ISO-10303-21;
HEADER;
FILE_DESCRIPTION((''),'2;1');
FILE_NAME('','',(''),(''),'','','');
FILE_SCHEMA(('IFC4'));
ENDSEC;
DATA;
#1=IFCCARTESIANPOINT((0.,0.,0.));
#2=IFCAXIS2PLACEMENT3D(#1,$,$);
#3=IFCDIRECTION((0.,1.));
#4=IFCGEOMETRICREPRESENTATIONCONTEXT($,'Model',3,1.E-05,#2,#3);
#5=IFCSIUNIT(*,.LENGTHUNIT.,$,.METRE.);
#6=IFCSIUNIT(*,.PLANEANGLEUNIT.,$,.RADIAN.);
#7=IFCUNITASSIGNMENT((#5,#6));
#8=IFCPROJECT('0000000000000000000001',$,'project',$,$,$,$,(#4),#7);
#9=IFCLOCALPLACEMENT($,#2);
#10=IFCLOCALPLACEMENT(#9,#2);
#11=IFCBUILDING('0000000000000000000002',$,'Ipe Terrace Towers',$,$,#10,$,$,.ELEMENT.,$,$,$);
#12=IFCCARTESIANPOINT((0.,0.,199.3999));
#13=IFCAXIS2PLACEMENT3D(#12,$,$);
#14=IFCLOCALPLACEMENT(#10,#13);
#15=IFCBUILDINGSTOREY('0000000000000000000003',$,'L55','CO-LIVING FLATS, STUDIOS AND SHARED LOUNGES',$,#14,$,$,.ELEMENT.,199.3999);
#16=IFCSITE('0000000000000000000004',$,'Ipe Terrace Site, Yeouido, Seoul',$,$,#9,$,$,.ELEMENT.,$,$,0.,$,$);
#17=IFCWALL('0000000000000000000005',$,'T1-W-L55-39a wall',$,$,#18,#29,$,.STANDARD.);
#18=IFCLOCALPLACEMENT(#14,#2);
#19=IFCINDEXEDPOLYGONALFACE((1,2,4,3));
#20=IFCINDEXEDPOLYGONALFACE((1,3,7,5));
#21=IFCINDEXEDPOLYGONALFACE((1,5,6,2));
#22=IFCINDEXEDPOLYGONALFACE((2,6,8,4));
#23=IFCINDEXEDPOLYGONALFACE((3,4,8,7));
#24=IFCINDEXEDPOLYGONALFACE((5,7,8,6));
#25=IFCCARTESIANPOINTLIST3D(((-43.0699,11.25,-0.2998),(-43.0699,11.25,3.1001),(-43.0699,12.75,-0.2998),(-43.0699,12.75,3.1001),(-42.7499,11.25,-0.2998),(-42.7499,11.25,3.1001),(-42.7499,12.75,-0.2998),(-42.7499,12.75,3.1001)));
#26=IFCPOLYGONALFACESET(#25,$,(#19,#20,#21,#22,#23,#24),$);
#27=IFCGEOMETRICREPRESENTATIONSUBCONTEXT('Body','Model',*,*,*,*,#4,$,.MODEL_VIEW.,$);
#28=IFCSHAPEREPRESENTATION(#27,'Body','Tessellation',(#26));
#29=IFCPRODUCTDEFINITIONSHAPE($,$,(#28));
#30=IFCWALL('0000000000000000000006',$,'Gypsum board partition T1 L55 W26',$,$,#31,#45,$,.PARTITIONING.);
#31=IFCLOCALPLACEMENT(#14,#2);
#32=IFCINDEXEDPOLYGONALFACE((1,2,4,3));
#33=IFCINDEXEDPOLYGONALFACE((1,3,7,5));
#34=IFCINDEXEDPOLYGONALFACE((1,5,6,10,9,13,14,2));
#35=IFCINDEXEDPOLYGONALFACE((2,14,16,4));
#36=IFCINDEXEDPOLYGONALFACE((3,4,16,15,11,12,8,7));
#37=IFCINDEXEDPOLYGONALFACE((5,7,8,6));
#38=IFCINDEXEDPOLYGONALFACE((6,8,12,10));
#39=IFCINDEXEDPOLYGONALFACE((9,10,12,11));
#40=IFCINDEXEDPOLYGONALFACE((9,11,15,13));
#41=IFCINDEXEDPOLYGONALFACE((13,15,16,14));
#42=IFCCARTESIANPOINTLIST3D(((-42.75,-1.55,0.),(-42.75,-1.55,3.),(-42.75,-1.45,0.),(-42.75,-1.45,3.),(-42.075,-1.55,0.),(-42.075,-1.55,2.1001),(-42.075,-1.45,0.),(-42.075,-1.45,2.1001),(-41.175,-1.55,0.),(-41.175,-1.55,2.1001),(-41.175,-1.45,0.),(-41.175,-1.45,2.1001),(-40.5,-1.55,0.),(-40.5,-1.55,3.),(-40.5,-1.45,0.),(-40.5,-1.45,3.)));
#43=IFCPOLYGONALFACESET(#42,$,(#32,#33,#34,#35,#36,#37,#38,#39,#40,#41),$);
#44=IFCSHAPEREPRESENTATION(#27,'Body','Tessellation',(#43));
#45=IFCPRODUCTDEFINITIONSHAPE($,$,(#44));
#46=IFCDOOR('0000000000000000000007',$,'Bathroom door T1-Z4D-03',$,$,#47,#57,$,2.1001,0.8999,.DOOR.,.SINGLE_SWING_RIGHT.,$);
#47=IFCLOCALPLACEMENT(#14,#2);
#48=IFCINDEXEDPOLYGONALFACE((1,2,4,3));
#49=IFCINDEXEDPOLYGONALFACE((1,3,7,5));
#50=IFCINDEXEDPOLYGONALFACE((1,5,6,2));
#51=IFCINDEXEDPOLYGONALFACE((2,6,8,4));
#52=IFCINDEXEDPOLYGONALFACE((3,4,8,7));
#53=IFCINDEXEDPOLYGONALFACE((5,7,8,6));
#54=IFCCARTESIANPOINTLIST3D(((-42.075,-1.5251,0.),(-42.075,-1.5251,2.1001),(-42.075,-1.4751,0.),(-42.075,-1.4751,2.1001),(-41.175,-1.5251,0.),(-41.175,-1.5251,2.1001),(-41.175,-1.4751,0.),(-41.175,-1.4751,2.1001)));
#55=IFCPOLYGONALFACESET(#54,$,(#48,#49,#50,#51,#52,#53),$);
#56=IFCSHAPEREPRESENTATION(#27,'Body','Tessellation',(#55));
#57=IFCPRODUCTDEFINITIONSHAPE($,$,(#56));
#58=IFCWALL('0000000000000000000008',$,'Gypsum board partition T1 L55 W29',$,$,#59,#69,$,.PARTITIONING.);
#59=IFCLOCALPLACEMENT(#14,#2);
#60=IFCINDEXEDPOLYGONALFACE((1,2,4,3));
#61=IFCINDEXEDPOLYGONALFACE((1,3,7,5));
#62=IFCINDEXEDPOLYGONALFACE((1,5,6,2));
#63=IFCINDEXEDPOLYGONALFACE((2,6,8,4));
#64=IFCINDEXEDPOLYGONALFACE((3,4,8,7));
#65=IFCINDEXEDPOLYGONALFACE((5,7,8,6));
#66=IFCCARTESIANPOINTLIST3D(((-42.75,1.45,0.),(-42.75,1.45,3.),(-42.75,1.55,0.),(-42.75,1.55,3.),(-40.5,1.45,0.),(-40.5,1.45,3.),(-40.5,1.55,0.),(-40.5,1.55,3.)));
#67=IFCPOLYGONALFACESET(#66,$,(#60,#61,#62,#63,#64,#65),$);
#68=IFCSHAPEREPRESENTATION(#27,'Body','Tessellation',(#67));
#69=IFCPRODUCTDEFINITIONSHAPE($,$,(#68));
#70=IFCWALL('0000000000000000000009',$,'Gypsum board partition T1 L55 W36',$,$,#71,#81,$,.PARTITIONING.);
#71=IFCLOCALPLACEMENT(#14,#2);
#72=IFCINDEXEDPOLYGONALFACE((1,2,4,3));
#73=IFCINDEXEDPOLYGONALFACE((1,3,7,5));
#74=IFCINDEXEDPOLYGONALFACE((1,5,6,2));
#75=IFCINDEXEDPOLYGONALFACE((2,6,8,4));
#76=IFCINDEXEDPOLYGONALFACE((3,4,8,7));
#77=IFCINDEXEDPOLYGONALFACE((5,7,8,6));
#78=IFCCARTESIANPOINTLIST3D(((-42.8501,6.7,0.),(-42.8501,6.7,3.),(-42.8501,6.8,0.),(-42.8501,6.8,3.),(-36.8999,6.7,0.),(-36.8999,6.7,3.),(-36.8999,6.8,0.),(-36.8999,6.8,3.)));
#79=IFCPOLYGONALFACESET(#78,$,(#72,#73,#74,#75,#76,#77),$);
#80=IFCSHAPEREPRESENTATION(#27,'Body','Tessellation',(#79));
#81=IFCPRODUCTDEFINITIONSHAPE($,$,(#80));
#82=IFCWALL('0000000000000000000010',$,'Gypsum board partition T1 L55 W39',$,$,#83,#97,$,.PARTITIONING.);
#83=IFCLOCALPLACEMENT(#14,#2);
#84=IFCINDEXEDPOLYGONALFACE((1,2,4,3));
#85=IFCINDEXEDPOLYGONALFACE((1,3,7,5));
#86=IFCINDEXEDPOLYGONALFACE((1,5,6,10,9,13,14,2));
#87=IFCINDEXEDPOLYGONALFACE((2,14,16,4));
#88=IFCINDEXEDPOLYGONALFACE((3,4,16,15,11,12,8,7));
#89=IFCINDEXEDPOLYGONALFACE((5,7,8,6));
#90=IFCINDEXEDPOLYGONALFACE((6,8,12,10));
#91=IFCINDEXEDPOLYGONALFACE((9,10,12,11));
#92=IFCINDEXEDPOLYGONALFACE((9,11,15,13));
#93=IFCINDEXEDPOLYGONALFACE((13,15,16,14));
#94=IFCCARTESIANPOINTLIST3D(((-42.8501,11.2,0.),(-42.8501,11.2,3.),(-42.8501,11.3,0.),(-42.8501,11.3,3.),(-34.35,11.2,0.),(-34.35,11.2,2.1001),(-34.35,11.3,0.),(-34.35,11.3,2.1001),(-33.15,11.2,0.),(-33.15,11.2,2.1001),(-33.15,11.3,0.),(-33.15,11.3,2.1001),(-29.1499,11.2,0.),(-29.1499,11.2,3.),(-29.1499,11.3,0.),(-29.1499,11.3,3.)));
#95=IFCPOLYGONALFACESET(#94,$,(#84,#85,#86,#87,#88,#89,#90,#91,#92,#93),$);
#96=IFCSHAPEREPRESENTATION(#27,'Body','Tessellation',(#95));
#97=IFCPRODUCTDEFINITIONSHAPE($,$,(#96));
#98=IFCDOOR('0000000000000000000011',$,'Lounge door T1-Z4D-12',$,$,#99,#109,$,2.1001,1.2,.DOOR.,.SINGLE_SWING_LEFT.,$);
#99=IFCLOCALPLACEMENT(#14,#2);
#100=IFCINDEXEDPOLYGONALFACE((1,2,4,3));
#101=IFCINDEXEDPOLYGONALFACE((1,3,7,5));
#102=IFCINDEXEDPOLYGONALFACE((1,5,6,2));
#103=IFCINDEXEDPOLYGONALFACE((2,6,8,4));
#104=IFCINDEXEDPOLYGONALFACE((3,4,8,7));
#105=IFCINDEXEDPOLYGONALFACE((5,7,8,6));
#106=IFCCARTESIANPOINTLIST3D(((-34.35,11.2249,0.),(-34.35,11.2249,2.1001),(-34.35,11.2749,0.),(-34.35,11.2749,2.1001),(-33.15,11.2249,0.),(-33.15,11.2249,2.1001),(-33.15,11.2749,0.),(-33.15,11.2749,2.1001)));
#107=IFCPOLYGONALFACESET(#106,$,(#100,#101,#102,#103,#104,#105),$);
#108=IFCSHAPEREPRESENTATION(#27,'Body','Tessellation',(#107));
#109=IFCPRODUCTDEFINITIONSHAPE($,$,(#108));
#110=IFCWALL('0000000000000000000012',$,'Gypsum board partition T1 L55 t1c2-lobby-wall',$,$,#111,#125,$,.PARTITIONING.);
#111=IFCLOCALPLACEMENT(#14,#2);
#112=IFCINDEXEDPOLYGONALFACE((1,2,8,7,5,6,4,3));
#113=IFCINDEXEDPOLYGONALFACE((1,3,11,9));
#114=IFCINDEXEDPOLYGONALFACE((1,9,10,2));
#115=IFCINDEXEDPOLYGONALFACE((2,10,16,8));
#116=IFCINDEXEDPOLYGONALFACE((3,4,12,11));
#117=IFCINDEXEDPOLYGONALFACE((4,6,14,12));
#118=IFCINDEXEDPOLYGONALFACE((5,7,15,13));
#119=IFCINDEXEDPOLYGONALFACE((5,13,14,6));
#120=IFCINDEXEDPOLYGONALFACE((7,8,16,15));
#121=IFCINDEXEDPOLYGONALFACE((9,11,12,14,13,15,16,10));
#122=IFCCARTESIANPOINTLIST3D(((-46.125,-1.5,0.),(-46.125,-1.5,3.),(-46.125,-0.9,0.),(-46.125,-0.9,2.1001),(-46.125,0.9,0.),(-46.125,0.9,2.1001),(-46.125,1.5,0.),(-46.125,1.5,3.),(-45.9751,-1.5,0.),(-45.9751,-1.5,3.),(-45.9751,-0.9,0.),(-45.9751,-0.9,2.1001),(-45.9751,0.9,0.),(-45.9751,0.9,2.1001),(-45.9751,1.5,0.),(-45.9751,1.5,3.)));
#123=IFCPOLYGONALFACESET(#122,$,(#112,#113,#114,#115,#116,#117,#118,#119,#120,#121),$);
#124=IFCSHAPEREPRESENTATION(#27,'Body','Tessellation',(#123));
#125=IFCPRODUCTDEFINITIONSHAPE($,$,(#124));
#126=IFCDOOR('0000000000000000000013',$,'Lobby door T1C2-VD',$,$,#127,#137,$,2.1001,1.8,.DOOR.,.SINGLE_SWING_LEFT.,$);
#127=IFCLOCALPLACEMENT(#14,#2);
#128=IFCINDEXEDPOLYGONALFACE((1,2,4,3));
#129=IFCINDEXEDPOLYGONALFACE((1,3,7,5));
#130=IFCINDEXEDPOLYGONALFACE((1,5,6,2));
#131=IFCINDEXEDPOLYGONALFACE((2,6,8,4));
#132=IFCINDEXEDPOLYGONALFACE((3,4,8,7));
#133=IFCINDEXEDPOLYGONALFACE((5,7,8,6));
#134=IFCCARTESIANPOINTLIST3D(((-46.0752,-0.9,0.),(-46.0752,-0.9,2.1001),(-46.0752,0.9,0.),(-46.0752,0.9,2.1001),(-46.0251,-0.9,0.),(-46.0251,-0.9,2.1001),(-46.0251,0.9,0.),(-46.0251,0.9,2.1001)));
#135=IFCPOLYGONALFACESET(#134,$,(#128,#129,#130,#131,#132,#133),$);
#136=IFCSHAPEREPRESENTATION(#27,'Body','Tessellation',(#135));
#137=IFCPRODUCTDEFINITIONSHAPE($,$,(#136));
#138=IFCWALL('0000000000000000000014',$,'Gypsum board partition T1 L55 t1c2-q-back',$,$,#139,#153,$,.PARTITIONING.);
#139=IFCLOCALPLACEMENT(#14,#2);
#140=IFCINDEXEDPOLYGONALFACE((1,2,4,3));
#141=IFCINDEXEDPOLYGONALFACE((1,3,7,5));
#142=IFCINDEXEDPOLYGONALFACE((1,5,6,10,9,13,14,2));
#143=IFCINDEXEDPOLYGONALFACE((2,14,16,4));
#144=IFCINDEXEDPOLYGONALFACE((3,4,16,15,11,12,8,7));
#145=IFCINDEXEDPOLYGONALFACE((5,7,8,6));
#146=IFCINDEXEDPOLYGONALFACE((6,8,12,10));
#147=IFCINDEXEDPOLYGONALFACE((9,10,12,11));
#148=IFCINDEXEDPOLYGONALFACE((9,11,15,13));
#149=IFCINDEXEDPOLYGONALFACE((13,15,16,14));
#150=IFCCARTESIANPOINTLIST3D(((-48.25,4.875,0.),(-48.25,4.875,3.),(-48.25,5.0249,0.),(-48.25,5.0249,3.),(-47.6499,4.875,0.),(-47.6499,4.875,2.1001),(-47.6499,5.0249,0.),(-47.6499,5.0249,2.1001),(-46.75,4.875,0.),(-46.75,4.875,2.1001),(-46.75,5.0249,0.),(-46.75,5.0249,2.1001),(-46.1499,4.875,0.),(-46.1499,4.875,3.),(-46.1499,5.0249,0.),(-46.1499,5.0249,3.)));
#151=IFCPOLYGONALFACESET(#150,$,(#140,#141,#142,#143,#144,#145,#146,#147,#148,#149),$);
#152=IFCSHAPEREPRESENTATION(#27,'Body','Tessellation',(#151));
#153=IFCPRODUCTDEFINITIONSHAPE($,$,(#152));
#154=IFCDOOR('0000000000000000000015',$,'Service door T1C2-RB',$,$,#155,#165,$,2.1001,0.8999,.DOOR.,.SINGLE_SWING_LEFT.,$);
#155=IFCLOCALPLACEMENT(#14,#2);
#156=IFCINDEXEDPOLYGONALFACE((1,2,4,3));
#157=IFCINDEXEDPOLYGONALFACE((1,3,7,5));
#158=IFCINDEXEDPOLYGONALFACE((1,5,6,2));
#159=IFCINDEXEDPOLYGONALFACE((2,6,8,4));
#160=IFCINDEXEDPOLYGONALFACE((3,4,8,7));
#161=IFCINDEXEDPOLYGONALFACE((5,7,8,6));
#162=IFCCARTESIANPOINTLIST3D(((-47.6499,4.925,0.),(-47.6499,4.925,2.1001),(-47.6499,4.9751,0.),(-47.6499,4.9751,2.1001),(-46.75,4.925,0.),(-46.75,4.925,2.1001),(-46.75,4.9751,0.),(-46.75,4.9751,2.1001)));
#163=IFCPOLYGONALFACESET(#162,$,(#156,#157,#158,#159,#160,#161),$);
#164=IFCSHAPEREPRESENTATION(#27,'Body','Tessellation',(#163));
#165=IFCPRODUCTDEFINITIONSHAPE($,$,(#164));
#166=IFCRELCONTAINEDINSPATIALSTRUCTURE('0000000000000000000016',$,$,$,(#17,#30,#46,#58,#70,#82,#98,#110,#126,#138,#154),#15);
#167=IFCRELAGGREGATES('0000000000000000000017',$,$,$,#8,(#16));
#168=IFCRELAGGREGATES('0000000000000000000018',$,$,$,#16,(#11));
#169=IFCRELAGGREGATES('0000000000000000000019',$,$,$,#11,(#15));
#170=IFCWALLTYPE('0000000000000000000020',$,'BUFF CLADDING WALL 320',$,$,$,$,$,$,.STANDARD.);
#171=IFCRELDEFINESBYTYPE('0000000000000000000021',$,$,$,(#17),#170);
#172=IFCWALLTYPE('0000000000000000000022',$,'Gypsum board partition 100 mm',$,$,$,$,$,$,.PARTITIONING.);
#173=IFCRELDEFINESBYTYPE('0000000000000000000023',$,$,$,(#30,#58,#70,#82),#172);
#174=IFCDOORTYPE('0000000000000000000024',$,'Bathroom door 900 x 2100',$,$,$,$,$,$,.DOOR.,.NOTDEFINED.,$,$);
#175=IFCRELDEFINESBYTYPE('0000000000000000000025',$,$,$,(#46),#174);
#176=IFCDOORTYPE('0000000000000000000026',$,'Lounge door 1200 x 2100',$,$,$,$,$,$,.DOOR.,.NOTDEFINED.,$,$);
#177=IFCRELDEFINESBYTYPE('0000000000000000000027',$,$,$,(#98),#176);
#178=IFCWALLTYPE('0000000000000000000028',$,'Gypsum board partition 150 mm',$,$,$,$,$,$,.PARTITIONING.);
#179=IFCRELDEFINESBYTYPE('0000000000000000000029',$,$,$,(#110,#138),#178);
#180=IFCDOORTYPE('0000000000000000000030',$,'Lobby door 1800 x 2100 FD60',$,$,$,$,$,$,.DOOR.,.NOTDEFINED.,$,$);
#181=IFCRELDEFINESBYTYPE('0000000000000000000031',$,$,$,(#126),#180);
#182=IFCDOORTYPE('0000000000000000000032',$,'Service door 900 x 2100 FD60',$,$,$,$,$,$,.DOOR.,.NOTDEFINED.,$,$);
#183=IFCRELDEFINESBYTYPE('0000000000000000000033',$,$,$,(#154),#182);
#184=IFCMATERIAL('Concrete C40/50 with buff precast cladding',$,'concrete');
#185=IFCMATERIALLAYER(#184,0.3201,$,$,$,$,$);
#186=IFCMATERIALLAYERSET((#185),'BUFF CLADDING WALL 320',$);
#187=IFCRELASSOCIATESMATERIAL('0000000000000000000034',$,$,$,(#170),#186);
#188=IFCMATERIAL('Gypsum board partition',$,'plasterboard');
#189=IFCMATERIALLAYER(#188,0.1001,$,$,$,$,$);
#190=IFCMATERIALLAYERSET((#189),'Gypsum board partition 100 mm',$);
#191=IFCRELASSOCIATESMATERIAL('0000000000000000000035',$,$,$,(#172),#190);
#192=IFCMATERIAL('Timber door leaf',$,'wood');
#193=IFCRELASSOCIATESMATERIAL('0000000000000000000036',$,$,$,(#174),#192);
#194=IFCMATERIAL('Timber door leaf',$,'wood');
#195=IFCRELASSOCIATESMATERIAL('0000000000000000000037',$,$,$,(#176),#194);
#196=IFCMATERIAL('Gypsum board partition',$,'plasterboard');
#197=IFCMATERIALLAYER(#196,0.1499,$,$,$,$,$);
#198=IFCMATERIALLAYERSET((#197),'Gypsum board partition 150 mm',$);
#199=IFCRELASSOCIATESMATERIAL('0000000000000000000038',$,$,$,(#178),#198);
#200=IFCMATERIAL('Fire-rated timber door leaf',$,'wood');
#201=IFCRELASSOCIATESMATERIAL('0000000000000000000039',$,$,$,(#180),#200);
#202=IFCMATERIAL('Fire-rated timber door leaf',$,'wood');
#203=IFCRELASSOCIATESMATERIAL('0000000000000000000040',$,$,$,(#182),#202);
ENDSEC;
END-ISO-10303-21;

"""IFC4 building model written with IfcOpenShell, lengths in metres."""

from ifc_helpers import new_model, si_unit, direction, frame, frame_2d, origin, place, context, subcontext, project, spatial, rectangle, extrude, material, layer, layer_set, type_object, element, fill, save


model = new_model("IFC4")

# Units and contexts
model_context = context("Model", 3, precision=1e-05, world=origin(), true_north=direction((0.0, 1.0)))
body_context = subcontext(model_context, "Body", "Model", "MODEL_VIEW")
ifc_project = project(units=[si_unit("LENGTHUNIT", "METRE"), si_unit("PLANEANGLEUNIT", "RADIAN")], contexts=[model_context])

# Site, building, storey
site_placement = place(None, origin())
site = spatial("IfcSite", under=ifc_project, at=site_placement, Name="Ipe Terrace Site, Yeouido, Seoul", CompositionType="ELEMENT", RefElevation=0.0)
building_placement = place(site_placement, origin())
building = spatial("IfcBuilding", under=site, at=building_placement, Name="Ipe Terrace Towers", CompositionType="ELEMENT")
storey_placement = place(building_placement, frame((0.0, 0.0, 199.3999)))
storey = spatial("IfcBuildingStorey", under=building, at=storey_placement, Name="L55", Description="CO-LIVING FLATS, STUDIOS AND SHARED LOUNGES", CompositionType="ELEMENT", Elevation=199.3999)

# Wall
ifc_material_1 = material(Name="Concrete C40/50 with buff precast cladding", Category="concrete")
ifc_layer_1 = layer(ifc_material_1, 0.3201)
ifc_layer_set_1 = layer_set([ifc_layer_1], Name="BUFF CLADDING WALL 320")
wall_type_1 = type_object("IfcWallType", Name="BUFF CLADDING WALL 320", PredefinedType="STANDARD", material=ifc_layer_set_1)
wall_1_placement = place(storey_placement, frame((-42.9099, 12.75, -0.2998), z_axis=(0.0, 0.0, 1.0), x_axis=(0.0, -1.0, 0.0)))
element("IfcWall", 1, at=wall_1_placement, inside=storey, type_object=wall_type_1, Name="T1-W-L55-39a wall", PredefinedType="STANDARD", context=body_context, shape_type="SweptSolid", body=[
    extrude(rectangle(XDim=1.5, YDim=0.3201, at=frame_2d((0.75, 0.0))), origin(), (0.0, 0.0, 1.0), 3.3999),
])

# Wall, opening, door
ifc_material_2 = material(Name="Gypsum board partition", Category="plasterboard")
ifc_layer_2 = layer(ifc_material_2, 0.1001)
ifc_layer_set_2 = layer_set([ifc_layer_2], Name="Gypsum board partition 100 mm")
wall_type_2 = type_object("IfcWallType", Name="Gypsum board partition 100 mm", PredefinedType="PARTITIONING", material=ifc_layer_set_2)
wall_2_placement = place(storey_placement, frame((-42.75, -1.5, 0.0), z_axis=(0.0, 0.0, 1.0), x_axis=(1.0, 0.0, 0.0)))
wall_2 = element("IfcWall", 2, at=wall_2_placement, inside=storey, type_object=wall_type_2, Name="Gypsum board partition T1 L55 W26", PredefinedType="PARTITIONING", context=body_context, shape_type="SweptSolid", body=[
    extrude(rectangle(XDim=2.25, YDim=0.1001, at=frame_2d((1.125, 0.0))), origin(), (0.0, 0.0, 1.0), 3.0),
])
opening_1_placement = place(wall_2_placement, frame((0.675, 0.0, 0.0)))
opening_1 = element("IfcOpeningElement", 3, at=opening_1_placement, cuts=wall_2, PredefinedType="OPENING", context=body_context, shape_type="SweptSolid", body=[
    extrude(rectangle(XDim=0.8999, YDim=2.1001, at=frame_2d((0.45, 1.05))), frame((0.0, 0.0601, 0.0), z_axis=(0.0, -1.0, 0.0), x_axis=(1.0, 0.0, 0.0)), (0.0, 0.0, 1.0), 0.1201),
])
ifc_material_3 = material(Name="Timber door leaf", Category="wood")
door_type_1 = type_object("IfcDoorType", Name="Bathroom door 900 x 2100", OperationType="NOTDEFINED", PredefinedType="DOOR", material=ifc_material_3)
door_1_placement = place(opening_1_placement, origin())
door_1 = element("IfcDoor", 4, at=door_1_placement, inside=storey, type_object=door_type_1, Name="Bathroom door T1-Z4D-03", OperationType="SINGLE_SWING_RIGHT", OverallHeight=2.1001, OverallWidth=0.8999, PredefinedType="DOOR", context=body_context, shape_type="SweptSolid", body=[
    extrude(rectangle(XDim=0.8999, YDim=2.1001, at=frame_2d((0.45, 1.05))), frame((0.0, 0.0249, 0.0), z_axis=(0.0, -1.0, 0.0), x_axis=(1.0, 0.0, 0.0)), (0.0, 0.0, 1.0), 0.05),
])
fill(opening_1, door_1)

# Walls
wall_3_placement = place(storey_placement, frame((-42.75, 1.5, 0.0), z_axis=(0.0, 0.0, 1.0), x_axis=(1.0, 0.0, 0.0)))
element("IfcWall", 5, at=wall_3_placement, inside=storey, type_object=wall_type_2, Name="Gypsum board partition T1 L55 W29", PredefinedType="PARTITIONING", context=body_context, shape_type="SweptSolid", body=[
    extrude(rectangle(XDim=2.25, YDim=0.1001, at=frame_2d((1.125, 0.0))), origin(), (0.0, 0.0, 1.0), 3.0),
])
wall_4_placement = place(storey_placement, frame((-42.8501, 6.75, 0.0), z_axis=(0.0, 0.0, 1.0), x_axis=(1.0, 0.0, 0.0)))
element("IfcWall", 6, at=wall_4_placement, inside=storey, type_object=wall_type_2, Name="Gypsum board partition T1 L55 W36", PredefinedType="PARTITIONING", context=body_context, shape_type="SweptSolid", body=[
    extrude(rectangle(XDim=5.9502, YDim=0.1001, at=frame_2d((2.9751, 0.0))), origin(), (0.0, 0.0, 1.0), 3.0),
])

# Walls, openings, doors
wall_5_placement = place(storey_placement, frame((-42.8501, 11.25, 0.0), z_axis=(0.0, 0.0, 1.0), x_axis=(1.0, 0.0, 0.0)))
wall_5 = element("IfcWall", 7, at=wall_5_placement, inside=storey, type_object=wall_type_2, Name="Gypsum board partition T1 L55 W39", PredefinedType="PARTITIONING", context=body_context, shape_type="SweptSolid", body=[
    extrude(rectangle(XDim=13.7002, YDim=0.1001, at=frame_2d((6.8501, 0.0))), origin(), (0.0, 0.0, 1.0), 3.0),
])
opening_2_placement = place(wall_5_placement, frame((8.5, 0.0, 0.0)))
opening_2 = element("IfcOpeningElement", 8, at=opening_2_placement, cuts=wall_5, PredefinedType="OPENING", context=body_context, shape_type="SweptSolid", body=[
    extrude(rectangle(XDim=1.2, YDim=2.1001, at=frame_2d((0.6001, 1.05))), frame((0.0, 0.0601, 0.0), z_axis=(0.0, -1.0, 0.0), x_axis=(1.0, 0.0, 0.0)), (0.0, 0.0, 1.0), 0.1201),
])
ifc_material_4 = material(Name="Timber door leaf", Category="wood")
door_type_2 = type_object("IfcDoorType", Name="Lounge door 1200 x 2100", OperationType="NOTDEFINED", PredefinedType="DOOR", material=ifc_material_4)
door_2_placement = place(opening_2_placement, origin())
door_2 = element("IfcDoor", 9, at=door_2_placement, inside=storey, type_object=door_type_2, Name="Lounge door T1-Z4D-12", OperationType="SINGLE_SWING_LEFT", OverallHeight=2.1001, OverallWidth=1.2, PredefinedType="DOOR", context=body_context, shape_type="SweptSolid", body=[
    extrude(rectangle(XDim=1.2, YDim=2.1001, at=frame_2d((0.6001, 1.05))), frame((0.0, 0.0249, 0.0), z_axis=(0.0, -1.0, 0.0), x_axis=(1.0, 0.0, 0.0)), (0.0, 0.0, 1.0), 0.05),
])
fill(opening_2, door_2)
ifc_material_5 = material(Name="Gypsum board partition", Category="plasterboard")
ifc_layer_3 = layer(ifc_material_5, 0.1499)
ifc_layer_set_3 = layer_set([ifc_layer_3], Name="Gypsum board partition 150 mm")
wall_type_3 = type_object("IfcWallType", Name="Gypsum board partition 150 mm", PredefinedType="PARTITIONING", material=ifc_layer_set_3)
wall_6_placement = place(storey_placement, frame((-46.05, 1.5, 0.0), z_axis=(0.0, 0.0, 1.0), x_axis=(0.0, -1.0, 0.0)))
wall_6 = element("IfcWall", 10, at=wall_6_placement, inside=storey, type_object=wall_type_3, Name="Gypsum board partition T1 L55 t1c2-lobby-wall", PredefinedType="PARTITIONING", context=body_context, shape_type="SweptSolid", body=[
    extrude(rectangle(XDim=3.0, YDim=0.1499, at=frame_2d((1.5, 0.0))), origin(), (0.0, 0.0, 1.0), 3.0),
])
opening_3_placement = place(wall_6_placement, frame((0.6001, 0.0, 0.0)))
opening_3 = element("IfcOpeningElement", 11, at=opening_3_placement, cuts=wall_6, PredefinedType="OPENING", context=body_context, shape_type="SweptSolid", body=[
    extrude(rectangle(XDim=1.8, YDim=2.1001, at=frame_2d((0.8999, 1.05))), frame((0.0, 0.085, 0.0), z_axis=(0.0, -1.0, 0.0), x_axis=(1.0, 0.0, 0.0)), (0.0, 0.0, 1.0), 0.1699),
])
ifc_material_6 = material(Name="Fire-rated timber door leaf", Category="wood")
door_type_3 = type_object("IfcDoorType", Name="Lobby door 1800 x 2100 FD60", OperationType="NOTDEFINED", PredefinedType="DOOR", material=ifc_material_6)
door_3_placement = place(opening_3_placement, origin())
door_3 = element("IfcDoor", 12, at=door_3_placement, inside=storey, type_object=door_type_3, Name="Lobby door T1C2-VD", OperationType="SINGLE_SWING_LEFT", OverallHeight=2.1001, OverallWidth=1.8, PredefinedType="DOOR", context=body_context, shape_type="SweptSolid", body=[
    extrude(rectangle(XDim=1.8, YDim=2.1001, at=frame_2d((0.8999, 1.05))), frame((0.0, 0.0249, 0.0), z_axis=(0.0, -1.0, 0.0), x_axis=(1.0, 0.0, 0.0)), (0.0, 0.0, 1.0), 0.05),
])
fill(opening_3, door_3)
wall_7_placement = place(storey_placement, frame((-46.1499, 4.95, 0.0), z_axis=(0.0, 0.0, 1.0), x_axis=(-1.0, 0.0, 0.0)))
wall_7 = element("IfcWall", 13, at=wall_7_placement, inside=storey, type_object=wall_type_3, Name="Gypsum board partition T1 L55 t1c2-q-back", PredefinedType="PARTITIONING", context=body_context, shape_type="SweptSolid", body=[
    extrude(rectangle(XDim=2.1001, YDim=0.1499, at=frame_2d((1.05, 0.0))), origin(), (0.0, 0.0, 1.0), 3.0),
])
opening_4_placement = place(wall_7_placement, frame((0.6001, 0.0, 0.0)))
opening_4 = element("IfcOpeningElement", 14, at=opening_4_placement, cuts=wall_7, PredefinedType="OPENING", context=body_context, shape_type="SweptSolid", body=[
    extrude(rectangle(XDim=0.8999, YDim=2.1001, at=frame_2d((0.45, 1.05))), frame((0.0, 0.085, 0.0), z_axis=(0.0, -1.0, 0.0), x_axis=(1.0, 0.0, 0.0)), (0.0, 0.0, 1.0), 0.1699),
])
ifc_material_7 = material(Name="Fire-rated timber door leaf", Category="wood")
door_type_4 = type_object("IfcDoorType", Name="Service door 900 x 2100 FD60", OperationType="NOTDEFINED", PredefinedType="DOOR", material=ifc_material_7)
door_4_placement = place(opening_4_placement, origin())
door_4 = element("IfcDoor", 15, at=door_4_placement, inside=storey, type_object=door_type_4, Name="Service door T1C2-RB", OperationType="SINGLE_SWING_LEFT", OverallHeight=2.1001, OverallWidth=0.8999, PredefinedType="DOOR", context=body_context, shape_type="SweptSolid", body=[
    extrude(rectangle(XDim=0.8999, YDim=2.1001, at=frame_2d((0.45, 1.05))), frame((0.0, 0.0249, 0.0), z_axis=(0.0, -1.0, 0.0), x_axis=(1.0, 0.0, 0.0)), (0.0, 0.0, 1.0), 0.05),
])
fill(opening_4, door_4)

save(model, "model.ifc")
